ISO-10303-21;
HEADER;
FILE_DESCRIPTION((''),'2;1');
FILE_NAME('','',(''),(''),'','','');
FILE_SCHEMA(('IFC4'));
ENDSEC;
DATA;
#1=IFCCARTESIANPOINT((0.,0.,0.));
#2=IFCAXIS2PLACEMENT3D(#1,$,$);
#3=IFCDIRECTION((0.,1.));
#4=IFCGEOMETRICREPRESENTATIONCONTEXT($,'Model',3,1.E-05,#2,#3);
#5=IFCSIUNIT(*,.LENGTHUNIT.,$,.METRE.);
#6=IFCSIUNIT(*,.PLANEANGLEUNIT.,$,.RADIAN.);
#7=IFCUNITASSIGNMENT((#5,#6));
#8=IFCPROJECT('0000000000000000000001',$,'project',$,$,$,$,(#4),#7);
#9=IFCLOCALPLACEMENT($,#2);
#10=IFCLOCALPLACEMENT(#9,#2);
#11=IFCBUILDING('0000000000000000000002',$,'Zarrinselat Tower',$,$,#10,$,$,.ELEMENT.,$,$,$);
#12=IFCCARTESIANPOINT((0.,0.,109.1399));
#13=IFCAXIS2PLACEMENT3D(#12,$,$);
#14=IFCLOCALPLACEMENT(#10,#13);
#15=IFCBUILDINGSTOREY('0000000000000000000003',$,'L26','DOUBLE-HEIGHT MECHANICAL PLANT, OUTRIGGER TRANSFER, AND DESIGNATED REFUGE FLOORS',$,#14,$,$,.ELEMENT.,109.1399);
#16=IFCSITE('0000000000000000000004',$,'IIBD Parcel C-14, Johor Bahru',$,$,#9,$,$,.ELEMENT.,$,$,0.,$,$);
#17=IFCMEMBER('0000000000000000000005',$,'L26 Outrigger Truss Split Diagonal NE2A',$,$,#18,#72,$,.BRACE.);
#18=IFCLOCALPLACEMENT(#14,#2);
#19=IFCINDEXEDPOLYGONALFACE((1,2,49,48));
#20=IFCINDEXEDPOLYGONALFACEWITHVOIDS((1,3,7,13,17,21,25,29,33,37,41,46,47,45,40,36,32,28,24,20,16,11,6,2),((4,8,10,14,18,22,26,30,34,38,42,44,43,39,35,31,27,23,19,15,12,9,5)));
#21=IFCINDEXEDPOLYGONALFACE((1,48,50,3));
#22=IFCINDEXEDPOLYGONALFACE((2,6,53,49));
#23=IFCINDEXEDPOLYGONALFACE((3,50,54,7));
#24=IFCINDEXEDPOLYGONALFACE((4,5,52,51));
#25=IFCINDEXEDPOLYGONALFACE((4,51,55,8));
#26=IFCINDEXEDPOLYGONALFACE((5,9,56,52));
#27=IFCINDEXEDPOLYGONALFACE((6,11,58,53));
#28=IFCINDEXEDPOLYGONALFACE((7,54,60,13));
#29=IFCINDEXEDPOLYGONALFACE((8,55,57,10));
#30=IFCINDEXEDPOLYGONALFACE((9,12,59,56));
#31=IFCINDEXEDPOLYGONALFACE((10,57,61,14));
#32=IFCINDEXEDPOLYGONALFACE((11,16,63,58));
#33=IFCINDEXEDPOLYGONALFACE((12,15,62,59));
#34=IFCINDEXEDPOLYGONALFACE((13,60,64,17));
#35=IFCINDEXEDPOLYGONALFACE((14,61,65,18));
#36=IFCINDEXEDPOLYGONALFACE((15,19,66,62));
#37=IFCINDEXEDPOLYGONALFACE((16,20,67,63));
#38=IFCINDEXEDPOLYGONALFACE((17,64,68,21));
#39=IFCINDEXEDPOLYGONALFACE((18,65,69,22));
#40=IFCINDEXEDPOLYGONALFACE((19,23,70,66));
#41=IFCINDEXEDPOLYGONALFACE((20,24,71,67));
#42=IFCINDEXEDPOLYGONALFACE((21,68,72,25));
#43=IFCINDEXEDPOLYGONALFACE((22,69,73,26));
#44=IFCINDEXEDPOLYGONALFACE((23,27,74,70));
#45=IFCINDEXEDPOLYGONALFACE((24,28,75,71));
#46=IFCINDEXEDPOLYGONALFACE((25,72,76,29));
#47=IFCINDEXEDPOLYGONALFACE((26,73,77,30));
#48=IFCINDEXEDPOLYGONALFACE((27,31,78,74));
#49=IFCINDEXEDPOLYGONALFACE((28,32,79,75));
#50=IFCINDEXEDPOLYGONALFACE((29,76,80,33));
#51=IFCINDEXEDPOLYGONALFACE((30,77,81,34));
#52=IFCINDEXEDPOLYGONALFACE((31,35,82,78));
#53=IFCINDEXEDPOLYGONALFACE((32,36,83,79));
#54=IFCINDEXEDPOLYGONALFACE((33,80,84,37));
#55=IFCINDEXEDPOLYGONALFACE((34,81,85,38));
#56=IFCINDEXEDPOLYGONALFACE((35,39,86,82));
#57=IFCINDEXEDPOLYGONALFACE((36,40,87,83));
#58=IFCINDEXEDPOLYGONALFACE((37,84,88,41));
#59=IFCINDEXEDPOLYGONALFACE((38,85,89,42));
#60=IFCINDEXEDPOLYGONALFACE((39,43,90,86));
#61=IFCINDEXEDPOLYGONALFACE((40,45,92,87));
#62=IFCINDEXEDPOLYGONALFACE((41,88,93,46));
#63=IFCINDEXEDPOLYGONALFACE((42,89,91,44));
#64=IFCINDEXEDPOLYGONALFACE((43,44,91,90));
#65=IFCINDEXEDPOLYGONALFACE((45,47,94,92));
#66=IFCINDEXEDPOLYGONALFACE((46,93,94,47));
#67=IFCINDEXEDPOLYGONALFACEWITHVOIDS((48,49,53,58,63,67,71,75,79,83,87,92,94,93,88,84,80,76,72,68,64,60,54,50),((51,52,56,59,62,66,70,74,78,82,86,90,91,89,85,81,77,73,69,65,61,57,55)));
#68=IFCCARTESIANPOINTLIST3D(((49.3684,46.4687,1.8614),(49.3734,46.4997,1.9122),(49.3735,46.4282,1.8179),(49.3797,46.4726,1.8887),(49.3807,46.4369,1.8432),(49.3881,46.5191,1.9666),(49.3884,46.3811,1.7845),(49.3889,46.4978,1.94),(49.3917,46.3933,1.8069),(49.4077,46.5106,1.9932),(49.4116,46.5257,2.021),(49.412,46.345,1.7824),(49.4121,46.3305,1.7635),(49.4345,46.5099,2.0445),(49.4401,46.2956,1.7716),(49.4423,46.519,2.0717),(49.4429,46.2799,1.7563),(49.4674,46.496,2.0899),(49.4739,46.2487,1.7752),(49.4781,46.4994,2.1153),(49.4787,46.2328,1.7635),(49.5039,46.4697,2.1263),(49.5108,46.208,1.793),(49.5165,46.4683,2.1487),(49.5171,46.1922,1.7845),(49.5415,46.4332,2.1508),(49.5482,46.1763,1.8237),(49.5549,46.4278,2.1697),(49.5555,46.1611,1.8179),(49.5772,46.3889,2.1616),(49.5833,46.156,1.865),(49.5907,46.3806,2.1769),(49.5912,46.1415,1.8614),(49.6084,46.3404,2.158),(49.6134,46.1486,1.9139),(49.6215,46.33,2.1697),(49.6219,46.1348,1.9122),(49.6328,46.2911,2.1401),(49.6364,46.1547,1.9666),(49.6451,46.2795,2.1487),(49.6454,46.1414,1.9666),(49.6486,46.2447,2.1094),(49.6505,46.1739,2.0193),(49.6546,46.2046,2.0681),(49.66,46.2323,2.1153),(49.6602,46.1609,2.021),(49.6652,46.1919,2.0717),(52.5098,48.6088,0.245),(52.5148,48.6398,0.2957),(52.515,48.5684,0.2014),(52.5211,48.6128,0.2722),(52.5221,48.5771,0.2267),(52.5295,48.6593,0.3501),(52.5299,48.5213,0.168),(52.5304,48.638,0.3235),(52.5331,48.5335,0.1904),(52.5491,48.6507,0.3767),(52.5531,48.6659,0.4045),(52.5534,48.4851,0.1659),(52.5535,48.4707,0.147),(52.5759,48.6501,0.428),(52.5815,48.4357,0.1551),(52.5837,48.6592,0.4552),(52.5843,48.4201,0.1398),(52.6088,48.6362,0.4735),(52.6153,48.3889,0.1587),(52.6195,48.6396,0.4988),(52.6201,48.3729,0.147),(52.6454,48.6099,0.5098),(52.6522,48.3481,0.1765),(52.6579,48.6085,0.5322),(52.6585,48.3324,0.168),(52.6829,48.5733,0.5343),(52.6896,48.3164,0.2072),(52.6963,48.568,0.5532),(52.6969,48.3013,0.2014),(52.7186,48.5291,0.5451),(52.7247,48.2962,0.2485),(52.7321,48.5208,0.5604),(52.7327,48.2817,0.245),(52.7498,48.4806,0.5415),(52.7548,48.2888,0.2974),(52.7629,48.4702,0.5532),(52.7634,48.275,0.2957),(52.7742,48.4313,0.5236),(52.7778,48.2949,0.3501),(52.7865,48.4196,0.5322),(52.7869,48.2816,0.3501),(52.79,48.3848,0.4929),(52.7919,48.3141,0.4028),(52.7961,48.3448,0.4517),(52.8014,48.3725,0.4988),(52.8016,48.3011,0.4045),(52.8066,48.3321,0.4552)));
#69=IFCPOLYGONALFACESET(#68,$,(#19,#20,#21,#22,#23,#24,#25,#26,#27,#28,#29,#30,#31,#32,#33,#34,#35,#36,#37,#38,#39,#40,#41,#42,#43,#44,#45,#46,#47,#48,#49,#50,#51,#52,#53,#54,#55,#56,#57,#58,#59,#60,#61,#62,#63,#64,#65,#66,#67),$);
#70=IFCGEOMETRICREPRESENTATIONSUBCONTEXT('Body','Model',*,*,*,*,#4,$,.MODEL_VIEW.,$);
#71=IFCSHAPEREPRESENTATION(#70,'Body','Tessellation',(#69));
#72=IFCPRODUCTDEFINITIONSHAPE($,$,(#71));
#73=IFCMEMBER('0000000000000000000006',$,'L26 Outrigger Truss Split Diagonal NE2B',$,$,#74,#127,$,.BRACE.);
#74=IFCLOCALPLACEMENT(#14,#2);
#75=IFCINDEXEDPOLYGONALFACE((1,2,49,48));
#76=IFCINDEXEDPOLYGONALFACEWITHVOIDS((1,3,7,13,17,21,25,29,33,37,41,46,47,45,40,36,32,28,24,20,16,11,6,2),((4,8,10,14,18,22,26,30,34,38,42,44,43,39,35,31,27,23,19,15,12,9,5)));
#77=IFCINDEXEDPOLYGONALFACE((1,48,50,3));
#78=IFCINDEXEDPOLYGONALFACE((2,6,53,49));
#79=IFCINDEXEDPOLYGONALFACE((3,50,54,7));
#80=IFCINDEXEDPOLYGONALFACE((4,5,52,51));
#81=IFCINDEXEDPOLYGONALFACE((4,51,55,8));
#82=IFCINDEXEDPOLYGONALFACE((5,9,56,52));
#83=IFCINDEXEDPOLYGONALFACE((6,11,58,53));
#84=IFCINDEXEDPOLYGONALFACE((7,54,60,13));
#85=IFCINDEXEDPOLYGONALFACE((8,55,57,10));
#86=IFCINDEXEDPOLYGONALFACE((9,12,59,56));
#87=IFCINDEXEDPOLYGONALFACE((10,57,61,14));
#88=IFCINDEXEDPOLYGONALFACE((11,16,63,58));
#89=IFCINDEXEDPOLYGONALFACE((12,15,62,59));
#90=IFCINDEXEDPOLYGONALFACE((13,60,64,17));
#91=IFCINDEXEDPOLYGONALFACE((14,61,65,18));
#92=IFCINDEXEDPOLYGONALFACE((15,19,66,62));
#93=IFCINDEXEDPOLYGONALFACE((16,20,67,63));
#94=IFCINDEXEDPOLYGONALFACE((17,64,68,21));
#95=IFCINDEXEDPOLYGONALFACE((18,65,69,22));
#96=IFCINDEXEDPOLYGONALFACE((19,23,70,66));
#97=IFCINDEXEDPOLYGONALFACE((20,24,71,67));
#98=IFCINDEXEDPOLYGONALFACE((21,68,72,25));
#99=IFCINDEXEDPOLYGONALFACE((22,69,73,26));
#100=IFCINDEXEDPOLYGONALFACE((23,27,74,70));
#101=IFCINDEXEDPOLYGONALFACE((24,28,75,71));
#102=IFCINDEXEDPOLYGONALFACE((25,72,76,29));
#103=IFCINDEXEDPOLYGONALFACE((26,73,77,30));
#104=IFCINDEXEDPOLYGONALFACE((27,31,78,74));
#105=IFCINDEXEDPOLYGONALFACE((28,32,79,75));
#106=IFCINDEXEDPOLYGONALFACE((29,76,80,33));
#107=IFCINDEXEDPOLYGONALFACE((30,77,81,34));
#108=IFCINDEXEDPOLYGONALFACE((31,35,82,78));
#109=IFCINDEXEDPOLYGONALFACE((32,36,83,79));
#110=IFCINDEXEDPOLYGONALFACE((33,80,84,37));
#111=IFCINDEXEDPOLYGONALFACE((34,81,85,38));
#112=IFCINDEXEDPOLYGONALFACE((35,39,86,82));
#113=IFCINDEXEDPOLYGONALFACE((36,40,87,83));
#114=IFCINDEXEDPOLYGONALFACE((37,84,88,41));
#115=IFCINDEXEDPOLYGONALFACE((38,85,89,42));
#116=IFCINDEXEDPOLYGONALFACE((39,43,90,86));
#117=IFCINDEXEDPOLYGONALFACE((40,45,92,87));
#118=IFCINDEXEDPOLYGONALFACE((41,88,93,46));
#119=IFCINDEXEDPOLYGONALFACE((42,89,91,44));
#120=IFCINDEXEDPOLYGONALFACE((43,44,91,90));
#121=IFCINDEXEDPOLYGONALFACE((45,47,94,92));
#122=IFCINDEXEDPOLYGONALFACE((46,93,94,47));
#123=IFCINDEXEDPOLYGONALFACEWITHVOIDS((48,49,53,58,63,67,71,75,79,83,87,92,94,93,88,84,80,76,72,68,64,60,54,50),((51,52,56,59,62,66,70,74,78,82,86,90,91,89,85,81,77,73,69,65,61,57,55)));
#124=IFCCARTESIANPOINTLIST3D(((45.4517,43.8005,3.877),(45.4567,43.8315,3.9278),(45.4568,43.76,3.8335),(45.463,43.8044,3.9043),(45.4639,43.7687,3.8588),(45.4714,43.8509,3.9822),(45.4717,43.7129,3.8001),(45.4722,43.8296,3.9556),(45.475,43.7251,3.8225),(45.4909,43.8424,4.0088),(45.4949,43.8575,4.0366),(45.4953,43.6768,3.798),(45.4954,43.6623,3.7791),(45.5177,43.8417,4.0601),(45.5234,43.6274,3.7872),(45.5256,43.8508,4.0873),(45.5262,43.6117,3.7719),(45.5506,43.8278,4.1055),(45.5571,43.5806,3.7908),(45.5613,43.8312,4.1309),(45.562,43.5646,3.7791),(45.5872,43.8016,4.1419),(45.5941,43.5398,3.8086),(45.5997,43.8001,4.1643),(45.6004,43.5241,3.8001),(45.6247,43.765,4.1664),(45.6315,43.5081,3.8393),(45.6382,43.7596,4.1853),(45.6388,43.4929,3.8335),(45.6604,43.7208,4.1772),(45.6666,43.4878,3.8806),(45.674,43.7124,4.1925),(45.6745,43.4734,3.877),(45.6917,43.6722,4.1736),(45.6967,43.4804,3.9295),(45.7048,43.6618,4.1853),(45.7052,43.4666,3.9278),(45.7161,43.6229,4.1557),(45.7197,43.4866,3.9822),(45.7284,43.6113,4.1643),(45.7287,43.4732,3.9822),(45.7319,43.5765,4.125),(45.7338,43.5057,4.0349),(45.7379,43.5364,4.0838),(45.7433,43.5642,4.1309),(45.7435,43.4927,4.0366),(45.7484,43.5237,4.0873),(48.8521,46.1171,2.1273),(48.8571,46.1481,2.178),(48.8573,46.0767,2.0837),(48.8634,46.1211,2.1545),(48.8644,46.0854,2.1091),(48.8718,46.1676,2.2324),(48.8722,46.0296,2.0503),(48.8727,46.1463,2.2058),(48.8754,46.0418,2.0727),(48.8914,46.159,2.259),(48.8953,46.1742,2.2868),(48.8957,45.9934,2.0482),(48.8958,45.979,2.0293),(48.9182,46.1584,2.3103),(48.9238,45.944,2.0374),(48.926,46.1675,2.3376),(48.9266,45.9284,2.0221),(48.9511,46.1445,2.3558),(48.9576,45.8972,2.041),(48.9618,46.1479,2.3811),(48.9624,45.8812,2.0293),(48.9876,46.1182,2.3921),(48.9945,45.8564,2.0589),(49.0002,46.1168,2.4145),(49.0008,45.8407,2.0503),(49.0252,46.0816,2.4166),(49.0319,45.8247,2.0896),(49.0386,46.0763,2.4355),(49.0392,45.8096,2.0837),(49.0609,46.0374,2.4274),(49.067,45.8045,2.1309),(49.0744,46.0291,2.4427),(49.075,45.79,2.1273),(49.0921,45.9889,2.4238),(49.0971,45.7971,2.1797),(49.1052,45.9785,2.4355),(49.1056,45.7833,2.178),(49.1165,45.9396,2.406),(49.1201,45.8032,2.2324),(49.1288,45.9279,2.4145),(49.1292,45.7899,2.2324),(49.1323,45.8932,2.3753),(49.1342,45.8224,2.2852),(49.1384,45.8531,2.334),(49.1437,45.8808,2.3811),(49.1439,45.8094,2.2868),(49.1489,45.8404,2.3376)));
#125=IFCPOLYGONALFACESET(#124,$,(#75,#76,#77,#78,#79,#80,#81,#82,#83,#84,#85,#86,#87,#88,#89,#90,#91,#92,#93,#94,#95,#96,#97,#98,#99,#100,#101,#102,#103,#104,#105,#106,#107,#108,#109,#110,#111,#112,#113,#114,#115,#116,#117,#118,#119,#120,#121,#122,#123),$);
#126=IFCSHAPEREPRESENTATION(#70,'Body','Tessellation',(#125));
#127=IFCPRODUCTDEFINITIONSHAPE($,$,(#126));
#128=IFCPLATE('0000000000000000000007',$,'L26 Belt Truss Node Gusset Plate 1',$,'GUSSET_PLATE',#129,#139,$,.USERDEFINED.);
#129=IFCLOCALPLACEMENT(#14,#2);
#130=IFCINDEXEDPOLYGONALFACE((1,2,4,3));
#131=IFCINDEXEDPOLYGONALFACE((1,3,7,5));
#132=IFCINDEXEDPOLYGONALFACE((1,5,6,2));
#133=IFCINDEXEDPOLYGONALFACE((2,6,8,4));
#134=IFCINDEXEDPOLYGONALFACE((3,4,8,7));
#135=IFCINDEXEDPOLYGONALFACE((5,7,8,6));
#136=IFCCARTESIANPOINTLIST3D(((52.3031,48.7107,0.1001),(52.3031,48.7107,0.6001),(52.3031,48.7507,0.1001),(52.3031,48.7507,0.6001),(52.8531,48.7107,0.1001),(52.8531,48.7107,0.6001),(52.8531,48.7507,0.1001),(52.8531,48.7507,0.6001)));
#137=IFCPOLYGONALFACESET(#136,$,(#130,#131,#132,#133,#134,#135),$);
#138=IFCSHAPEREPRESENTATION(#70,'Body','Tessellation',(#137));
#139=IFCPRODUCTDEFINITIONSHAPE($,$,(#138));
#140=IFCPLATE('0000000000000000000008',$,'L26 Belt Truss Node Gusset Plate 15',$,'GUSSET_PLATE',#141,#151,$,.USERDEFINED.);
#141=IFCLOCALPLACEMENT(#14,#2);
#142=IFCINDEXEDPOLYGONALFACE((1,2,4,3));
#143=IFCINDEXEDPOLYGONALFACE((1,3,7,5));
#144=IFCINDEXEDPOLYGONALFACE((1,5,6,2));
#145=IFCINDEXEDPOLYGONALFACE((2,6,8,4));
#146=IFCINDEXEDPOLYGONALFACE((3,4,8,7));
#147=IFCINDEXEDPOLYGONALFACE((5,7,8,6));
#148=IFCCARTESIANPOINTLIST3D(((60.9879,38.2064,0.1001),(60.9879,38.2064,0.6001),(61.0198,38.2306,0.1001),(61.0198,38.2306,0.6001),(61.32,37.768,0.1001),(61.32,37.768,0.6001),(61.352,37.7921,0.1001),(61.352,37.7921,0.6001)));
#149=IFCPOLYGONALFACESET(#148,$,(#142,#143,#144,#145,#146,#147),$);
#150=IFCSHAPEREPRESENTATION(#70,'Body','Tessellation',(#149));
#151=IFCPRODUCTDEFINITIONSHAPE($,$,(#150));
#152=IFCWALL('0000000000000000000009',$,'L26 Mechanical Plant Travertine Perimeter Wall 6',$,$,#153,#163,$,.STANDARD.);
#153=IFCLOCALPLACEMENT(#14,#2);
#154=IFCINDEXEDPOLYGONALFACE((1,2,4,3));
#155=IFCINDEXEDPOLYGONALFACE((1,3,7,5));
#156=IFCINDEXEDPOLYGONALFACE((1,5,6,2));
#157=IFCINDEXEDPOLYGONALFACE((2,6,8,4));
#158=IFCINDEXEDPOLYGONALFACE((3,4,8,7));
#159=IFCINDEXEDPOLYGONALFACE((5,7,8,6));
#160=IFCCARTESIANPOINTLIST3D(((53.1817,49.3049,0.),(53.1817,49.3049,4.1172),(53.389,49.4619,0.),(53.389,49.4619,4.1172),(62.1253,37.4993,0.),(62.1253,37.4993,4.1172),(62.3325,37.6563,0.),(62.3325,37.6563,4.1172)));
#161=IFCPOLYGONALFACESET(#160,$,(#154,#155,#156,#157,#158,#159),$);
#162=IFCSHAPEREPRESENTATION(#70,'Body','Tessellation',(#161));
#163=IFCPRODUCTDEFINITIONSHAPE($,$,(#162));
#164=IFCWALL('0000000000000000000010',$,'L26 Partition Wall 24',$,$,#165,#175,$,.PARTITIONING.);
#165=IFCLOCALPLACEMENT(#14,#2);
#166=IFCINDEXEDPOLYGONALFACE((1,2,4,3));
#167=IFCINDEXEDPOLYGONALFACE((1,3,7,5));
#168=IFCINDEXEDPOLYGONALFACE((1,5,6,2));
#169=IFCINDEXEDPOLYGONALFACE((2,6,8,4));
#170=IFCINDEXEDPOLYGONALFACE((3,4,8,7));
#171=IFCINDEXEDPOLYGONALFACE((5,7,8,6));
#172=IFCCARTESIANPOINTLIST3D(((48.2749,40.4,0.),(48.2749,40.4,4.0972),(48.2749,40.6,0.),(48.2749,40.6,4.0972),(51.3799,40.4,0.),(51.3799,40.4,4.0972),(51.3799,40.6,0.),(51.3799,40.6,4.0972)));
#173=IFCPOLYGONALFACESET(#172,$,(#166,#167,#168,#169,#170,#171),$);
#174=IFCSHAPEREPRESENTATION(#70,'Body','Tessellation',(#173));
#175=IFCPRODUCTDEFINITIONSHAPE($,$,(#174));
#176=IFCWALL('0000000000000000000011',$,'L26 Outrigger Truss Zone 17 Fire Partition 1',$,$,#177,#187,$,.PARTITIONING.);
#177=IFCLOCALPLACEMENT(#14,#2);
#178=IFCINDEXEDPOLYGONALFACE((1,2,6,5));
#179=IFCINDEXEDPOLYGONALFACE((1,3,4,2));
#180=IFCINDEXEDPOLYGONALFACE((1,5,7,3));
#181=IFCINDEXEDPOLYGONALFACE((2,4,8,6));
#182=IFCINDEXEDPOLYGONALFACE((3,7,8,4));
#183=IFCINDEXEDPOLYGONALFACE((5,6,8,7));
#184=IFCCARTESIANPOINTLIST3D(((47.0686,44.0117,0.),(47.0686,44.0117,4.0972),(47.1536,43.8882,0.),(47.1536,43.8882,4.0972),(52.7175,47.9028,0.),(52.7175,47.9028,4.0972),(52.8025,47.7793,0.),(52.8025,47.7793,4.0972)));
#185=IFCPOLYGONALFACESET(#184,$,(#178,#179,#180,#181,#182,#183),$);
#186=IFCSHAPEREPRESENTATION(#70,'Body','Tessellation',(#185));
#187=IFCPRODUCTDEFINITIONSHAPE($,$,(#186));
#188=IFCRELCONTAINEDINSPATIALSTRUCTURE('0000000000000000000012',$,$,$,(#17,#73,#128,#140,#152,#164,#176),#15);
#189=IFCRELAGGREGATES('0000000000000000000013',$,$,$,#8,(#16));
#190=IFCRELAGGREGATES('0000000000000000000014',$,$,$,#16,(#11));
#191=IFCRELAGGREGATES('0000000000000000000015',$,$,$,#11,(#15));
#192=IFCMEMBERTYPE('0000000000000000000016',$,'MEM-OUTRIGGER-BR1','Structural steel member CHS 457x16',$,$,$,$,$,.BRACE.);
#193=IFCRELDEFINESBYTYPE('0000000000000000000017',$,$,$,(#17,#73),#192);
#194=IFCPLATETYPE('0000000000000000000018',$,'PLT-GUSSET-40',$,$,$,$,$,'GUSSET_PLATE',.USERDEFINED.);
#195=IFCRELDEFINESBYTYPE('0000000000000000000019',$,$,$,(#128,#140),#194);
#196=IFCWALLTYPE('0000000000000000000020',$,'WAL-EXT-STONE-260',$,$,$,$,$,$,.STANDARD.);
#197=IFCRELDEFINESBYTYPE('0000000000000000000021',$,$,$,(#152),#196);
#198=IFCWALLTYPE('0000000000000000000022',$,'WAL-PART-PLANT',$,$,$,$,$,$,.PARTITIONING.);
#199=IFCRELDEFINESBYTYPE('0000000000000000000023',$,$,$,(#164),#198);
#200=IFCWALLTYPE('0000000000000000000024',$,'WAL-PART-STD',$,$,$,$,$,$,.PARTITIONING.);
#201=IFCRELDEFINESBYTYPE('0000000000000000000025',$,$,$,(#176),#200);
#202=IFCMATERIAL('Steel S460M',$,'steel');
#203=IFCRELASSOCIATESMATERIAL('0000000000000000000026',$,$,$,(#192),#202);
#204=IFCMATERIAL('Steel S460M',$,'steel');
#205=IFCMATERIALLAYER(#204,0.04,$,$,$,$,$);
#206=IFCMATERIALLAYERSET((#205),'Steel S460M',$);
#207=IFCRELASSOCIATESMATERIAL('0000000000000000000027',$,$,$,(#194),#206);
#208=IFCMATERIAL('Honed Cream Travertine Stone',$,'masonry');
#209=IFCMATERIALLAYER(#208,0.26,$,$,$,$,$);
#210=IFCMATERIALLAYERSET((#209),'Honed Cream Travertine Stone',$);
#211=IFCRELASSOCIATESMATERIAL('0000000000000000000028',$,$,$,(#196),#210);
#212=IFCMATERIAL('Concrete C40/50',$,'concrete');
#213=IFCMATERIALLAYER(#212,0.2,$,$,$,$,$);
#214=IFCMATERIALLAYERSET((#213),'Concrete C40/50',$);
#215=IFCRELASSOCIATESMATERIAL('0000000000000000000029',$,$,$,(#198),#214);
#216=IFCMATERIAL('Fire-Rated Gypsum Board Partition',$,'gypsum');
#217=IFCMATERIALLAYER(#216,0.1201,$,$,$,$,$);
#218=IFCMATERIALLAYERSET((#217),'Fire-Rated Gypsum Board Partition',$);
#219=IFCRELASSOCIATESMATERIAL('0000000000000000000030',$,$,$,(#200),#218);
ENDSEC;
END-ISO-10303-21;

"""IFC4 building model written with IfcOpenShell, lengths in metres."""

from ifc_helpers import new_model, si_unit, direction, frame, frame_2d, origin, origin_2d, place, context, subcontext, project, spatial, rectangle, hollow_circle, extrude, material, layer, layer_set, material_profile, profile_set, type_object, element, save


model = new_model("IFC4")

# Units and contexts
model_context = context("Model", 3, precision=1e-05, world=origin(), true_north=direction((0.0, 1.0)))
body_context = subcontext(model_context, "Body", "Model", "MODEL_VIEW")
ifc_project = project(units=[si_unit("LENGTHUNIT", "METRE"), si_unit("PLANEANGLEUNIT", "RADIAN")], contexts=[model_context])

# Site, building, storey
site_placement = place(None, origin())
site = spatial("IfcSite", under=ifc_project, at=site_placement, Name="IIBD Parcel C-14, Johor Bahru", CompositionType="ELEMENT", RefElevation=0.0)
building_placement = place(site_placement, origin())
building = spatial("IfcBuilding", under=site, at=building_placement, Name="Zarrinselat Tower", CompositionType="ELEMENT")
storey_placement = place(building_placement, frame((0.0, 0.0, 109.1399)))
storey = spatial("IfcBuildingStorey", under=building, at=storey_placement, Name="L26", Description="DOUBLE-HEIGHT MECHANICAL PLANT, OUTRIGGER TRANSFER, AND DESIGNATED REFUGE FLOORS", CompositionType="ELEMENT", Elevation=109.1399)

# Members
ifc_material_1 = material(Name="Steel S460M", Category="steel")
ifc_material_profile_1 = material_profile(ifc_material_1, hollow_circle(Radius=0.2285, WallThickness=0.0161, at=origin_2d()), Name="CHS 457x16")
ifc_profile_set_1 = profile_set([ifc_material_profile_1], Name="Steel S460M")
member_type_1 = type_object("IfcMemberType", Name="MEM-OUTRIGGER-BR1", Description="Structural steel member CHS 457x16", PredefinedType="BRACE", material=ifc_profile_set_1)
member_1_placement = place(storey_placement, frame((52.6582, 48.4705, 0.3501), z_axis=(-0.760523, -0.518127, 0.391344), x_axis=(0.563032, -0.826435, 0.0)))
element("IfcMember", 1, at=member_1_placement, inside=storey, type_object=member_type_1, Name="L26 Outrigger Truss Split Diagonal NE2A", PredefinedType="BRACE", context=body_context, shape_type="SweptSolid", body=[
    extrude(hollow_circle(Radius=0.2285, WallThickness=0.0161, at=origin_2d()), origin(), (0.0, 0.0, 1.0), 4.1306),
])
member_2_placement = place(storey_placement, frame((49.0005, 45.9788, 2.2324), z_axis=(-0.760518, -0.518133, 0.391344), x_axis=(0.563039, -0.826431, 0.0)))
element("IfcMember", 2, at=member_2_placement, inside=storey, type_object=member_type_1, Name="L26 Outrigger Truss Split Diagonal NE2B", PredefinedType="BRACE", context=body_context, shape_type="SweptSolid", body=[
    extrude(hollow_circle(Radius=0.2285, WallThickness=0.0161, at=origin_2d()), origin(), (0.0, 0.0, 1.0), 4.4712),
])

# Plates
ifc_material_2 = material(Name="Steel S460M", Category="steel")
ifc_layer_1 = layer(ifc_material_2, 0.04)
ifc_layer_set_1 = layer_set([ifc_layer_1], Name="Steel S460M")
plate_type = type_object("IfcPlateType", Name="PLT-GUSSET-40", ElementType="GUSSET_PLATE", PredefinedType="USERDEFINED", material=ifc_layer_set_1)
for number, where, z_axis, x_axis, name in (
    (3, (52.5781, 48.7307, 0.1001), (0.0, 0.0, 1.0), (-1.0, 0.0, 0.0), "L26 Belt Truss Node Gusset Plate 1"),
    (4, (61.1699, 37.9993, 0.1001), (0.0, 0.0, 1.0), (-0.603854, 0.797095, 0.0), "L26 Belt Truss Node Gusset Plate 15"),
):
    element("IfcPlate", number, at=place(storey_placement, frame(where, z_axis=z_axis, x_axis=x_axis)), inside=storey, type_object=plate_type, Name=name, ObjectType="GUSSET_PLATE", PredefinedType="USERDEFINED", context=body_context, shape_type="SweptSolid", body=[
        extrude(rectangle(XDim=0.55, YDim=0.04, at=origin_2d()), origin(), (0.0, 0.0, 1.0), 0.5),
    ])

# Walls
ifc_material_3 = material(Name="Honed Cream Travertine Stone", Category="masonry")
ifc_layer_2 = layer(ifc_material_3, 0.26)
ifc_layer_set_2 = layer_set([ifc_layer_2], Name="Honed Cream Travertine Stone")
wall_type_1 = type_object("IfcWallType", Name="WAL-EXT-STONE-260", PredefinedType="STANDARD", material=ifc_layer_set_2)
wall_1_placement = place(storey_placement, frame((53.2854, 49.3833, 0.0), z_axis=(0.0, 0.0, 1.0), x_axis=(0.603854, -0.797095, 0.0)))
element("IfcWall", 5, at=wall_1_placement, inside=storey, type_object=wall_type_1, Name="L26 Mechanical Plant Travertine Perimeter Wall 6", PredefinedType="STANDARD", context=body_context, shape_type="SweptSolid", body=[
    extrude(rectangle(XDim=14.8108, YDim=0.26, at=frame_2d((7.4053, 0.0))), origin(), (0.0, 0.0, 1.0), 4.1172),
])
ifc_material_4 = material(Name="Concrete C40/50", Category="concrete")
ifc_layer_3 = layer(ifc_material_4, 0.2)
ifc_layer_set_3 = layer_set([ifc_layer_3], Name="Concrete C40/50")
wall_type_2 = type_object("IfcWallType", Name="WAL-PART-PLANT", PredefinedType="PARTITIONING", material=ifc_layer_set_3)
wall_2_placement = place(storey_placement, frame((48.2749, 40.5, 0.0), z_axis=(0.0, 0.0, 1.0), x_axis=(1.0, 0.0, 0.0)))
element("IfcWall", 6, at=wall_2_placement, inside=storey, type_object=wall_type_2, Name="L26 Partition Wall 24", PredefinedType="PARTITIONING", context=body_context, shape_type="SweptSolid", body=[
    extrude(rectangle(XDim=3.105, YDim=0.2, at=frame_2d((1.5525, 0.0))), origin(), (0.0, 0.0, 1.0), 4.0972),
])
ifc_material_5 = material(Name="Fire-Rated Gypsum Board Partition", Category="gypsum")
ifc_layer_4 = layer(ifc_material_5, 0.1201)
ifc_layer_set_4 = layer_set([ifc_layer_4], Name="Fire-Rated Gypsum Board Partition")
wall_type_3 = type_object("IfcWallType", Name="WAL-PART-STD", PredefinedType="PARTITIONING", material=ifc_layer_set_4)
wall_3_placement = place(storey_placement, frame((47.1111, 43.95, 0.0), z_axis=(0.0, 0.0, 1.0), x_axis=(0.823533, 0.567269, 0.0)))
element("IfcWall", 7, at=wall_3_placement, inside=storey, type_object=wall_type_3, Name="L26 Outrigger Truss Zone 17 Fire Partition 1", PredefinedType="PARTITIONING", context=body_context, shape_type="SweptSolid", body=[
    extrude(rectangle(XDim=6.8594, YDim=0.1499, at=frame_2d((3.4297, 0.0))), origin(), (0.0, 0.0, 1.0), 4.0972),
])

save(model, "model.ifc")
